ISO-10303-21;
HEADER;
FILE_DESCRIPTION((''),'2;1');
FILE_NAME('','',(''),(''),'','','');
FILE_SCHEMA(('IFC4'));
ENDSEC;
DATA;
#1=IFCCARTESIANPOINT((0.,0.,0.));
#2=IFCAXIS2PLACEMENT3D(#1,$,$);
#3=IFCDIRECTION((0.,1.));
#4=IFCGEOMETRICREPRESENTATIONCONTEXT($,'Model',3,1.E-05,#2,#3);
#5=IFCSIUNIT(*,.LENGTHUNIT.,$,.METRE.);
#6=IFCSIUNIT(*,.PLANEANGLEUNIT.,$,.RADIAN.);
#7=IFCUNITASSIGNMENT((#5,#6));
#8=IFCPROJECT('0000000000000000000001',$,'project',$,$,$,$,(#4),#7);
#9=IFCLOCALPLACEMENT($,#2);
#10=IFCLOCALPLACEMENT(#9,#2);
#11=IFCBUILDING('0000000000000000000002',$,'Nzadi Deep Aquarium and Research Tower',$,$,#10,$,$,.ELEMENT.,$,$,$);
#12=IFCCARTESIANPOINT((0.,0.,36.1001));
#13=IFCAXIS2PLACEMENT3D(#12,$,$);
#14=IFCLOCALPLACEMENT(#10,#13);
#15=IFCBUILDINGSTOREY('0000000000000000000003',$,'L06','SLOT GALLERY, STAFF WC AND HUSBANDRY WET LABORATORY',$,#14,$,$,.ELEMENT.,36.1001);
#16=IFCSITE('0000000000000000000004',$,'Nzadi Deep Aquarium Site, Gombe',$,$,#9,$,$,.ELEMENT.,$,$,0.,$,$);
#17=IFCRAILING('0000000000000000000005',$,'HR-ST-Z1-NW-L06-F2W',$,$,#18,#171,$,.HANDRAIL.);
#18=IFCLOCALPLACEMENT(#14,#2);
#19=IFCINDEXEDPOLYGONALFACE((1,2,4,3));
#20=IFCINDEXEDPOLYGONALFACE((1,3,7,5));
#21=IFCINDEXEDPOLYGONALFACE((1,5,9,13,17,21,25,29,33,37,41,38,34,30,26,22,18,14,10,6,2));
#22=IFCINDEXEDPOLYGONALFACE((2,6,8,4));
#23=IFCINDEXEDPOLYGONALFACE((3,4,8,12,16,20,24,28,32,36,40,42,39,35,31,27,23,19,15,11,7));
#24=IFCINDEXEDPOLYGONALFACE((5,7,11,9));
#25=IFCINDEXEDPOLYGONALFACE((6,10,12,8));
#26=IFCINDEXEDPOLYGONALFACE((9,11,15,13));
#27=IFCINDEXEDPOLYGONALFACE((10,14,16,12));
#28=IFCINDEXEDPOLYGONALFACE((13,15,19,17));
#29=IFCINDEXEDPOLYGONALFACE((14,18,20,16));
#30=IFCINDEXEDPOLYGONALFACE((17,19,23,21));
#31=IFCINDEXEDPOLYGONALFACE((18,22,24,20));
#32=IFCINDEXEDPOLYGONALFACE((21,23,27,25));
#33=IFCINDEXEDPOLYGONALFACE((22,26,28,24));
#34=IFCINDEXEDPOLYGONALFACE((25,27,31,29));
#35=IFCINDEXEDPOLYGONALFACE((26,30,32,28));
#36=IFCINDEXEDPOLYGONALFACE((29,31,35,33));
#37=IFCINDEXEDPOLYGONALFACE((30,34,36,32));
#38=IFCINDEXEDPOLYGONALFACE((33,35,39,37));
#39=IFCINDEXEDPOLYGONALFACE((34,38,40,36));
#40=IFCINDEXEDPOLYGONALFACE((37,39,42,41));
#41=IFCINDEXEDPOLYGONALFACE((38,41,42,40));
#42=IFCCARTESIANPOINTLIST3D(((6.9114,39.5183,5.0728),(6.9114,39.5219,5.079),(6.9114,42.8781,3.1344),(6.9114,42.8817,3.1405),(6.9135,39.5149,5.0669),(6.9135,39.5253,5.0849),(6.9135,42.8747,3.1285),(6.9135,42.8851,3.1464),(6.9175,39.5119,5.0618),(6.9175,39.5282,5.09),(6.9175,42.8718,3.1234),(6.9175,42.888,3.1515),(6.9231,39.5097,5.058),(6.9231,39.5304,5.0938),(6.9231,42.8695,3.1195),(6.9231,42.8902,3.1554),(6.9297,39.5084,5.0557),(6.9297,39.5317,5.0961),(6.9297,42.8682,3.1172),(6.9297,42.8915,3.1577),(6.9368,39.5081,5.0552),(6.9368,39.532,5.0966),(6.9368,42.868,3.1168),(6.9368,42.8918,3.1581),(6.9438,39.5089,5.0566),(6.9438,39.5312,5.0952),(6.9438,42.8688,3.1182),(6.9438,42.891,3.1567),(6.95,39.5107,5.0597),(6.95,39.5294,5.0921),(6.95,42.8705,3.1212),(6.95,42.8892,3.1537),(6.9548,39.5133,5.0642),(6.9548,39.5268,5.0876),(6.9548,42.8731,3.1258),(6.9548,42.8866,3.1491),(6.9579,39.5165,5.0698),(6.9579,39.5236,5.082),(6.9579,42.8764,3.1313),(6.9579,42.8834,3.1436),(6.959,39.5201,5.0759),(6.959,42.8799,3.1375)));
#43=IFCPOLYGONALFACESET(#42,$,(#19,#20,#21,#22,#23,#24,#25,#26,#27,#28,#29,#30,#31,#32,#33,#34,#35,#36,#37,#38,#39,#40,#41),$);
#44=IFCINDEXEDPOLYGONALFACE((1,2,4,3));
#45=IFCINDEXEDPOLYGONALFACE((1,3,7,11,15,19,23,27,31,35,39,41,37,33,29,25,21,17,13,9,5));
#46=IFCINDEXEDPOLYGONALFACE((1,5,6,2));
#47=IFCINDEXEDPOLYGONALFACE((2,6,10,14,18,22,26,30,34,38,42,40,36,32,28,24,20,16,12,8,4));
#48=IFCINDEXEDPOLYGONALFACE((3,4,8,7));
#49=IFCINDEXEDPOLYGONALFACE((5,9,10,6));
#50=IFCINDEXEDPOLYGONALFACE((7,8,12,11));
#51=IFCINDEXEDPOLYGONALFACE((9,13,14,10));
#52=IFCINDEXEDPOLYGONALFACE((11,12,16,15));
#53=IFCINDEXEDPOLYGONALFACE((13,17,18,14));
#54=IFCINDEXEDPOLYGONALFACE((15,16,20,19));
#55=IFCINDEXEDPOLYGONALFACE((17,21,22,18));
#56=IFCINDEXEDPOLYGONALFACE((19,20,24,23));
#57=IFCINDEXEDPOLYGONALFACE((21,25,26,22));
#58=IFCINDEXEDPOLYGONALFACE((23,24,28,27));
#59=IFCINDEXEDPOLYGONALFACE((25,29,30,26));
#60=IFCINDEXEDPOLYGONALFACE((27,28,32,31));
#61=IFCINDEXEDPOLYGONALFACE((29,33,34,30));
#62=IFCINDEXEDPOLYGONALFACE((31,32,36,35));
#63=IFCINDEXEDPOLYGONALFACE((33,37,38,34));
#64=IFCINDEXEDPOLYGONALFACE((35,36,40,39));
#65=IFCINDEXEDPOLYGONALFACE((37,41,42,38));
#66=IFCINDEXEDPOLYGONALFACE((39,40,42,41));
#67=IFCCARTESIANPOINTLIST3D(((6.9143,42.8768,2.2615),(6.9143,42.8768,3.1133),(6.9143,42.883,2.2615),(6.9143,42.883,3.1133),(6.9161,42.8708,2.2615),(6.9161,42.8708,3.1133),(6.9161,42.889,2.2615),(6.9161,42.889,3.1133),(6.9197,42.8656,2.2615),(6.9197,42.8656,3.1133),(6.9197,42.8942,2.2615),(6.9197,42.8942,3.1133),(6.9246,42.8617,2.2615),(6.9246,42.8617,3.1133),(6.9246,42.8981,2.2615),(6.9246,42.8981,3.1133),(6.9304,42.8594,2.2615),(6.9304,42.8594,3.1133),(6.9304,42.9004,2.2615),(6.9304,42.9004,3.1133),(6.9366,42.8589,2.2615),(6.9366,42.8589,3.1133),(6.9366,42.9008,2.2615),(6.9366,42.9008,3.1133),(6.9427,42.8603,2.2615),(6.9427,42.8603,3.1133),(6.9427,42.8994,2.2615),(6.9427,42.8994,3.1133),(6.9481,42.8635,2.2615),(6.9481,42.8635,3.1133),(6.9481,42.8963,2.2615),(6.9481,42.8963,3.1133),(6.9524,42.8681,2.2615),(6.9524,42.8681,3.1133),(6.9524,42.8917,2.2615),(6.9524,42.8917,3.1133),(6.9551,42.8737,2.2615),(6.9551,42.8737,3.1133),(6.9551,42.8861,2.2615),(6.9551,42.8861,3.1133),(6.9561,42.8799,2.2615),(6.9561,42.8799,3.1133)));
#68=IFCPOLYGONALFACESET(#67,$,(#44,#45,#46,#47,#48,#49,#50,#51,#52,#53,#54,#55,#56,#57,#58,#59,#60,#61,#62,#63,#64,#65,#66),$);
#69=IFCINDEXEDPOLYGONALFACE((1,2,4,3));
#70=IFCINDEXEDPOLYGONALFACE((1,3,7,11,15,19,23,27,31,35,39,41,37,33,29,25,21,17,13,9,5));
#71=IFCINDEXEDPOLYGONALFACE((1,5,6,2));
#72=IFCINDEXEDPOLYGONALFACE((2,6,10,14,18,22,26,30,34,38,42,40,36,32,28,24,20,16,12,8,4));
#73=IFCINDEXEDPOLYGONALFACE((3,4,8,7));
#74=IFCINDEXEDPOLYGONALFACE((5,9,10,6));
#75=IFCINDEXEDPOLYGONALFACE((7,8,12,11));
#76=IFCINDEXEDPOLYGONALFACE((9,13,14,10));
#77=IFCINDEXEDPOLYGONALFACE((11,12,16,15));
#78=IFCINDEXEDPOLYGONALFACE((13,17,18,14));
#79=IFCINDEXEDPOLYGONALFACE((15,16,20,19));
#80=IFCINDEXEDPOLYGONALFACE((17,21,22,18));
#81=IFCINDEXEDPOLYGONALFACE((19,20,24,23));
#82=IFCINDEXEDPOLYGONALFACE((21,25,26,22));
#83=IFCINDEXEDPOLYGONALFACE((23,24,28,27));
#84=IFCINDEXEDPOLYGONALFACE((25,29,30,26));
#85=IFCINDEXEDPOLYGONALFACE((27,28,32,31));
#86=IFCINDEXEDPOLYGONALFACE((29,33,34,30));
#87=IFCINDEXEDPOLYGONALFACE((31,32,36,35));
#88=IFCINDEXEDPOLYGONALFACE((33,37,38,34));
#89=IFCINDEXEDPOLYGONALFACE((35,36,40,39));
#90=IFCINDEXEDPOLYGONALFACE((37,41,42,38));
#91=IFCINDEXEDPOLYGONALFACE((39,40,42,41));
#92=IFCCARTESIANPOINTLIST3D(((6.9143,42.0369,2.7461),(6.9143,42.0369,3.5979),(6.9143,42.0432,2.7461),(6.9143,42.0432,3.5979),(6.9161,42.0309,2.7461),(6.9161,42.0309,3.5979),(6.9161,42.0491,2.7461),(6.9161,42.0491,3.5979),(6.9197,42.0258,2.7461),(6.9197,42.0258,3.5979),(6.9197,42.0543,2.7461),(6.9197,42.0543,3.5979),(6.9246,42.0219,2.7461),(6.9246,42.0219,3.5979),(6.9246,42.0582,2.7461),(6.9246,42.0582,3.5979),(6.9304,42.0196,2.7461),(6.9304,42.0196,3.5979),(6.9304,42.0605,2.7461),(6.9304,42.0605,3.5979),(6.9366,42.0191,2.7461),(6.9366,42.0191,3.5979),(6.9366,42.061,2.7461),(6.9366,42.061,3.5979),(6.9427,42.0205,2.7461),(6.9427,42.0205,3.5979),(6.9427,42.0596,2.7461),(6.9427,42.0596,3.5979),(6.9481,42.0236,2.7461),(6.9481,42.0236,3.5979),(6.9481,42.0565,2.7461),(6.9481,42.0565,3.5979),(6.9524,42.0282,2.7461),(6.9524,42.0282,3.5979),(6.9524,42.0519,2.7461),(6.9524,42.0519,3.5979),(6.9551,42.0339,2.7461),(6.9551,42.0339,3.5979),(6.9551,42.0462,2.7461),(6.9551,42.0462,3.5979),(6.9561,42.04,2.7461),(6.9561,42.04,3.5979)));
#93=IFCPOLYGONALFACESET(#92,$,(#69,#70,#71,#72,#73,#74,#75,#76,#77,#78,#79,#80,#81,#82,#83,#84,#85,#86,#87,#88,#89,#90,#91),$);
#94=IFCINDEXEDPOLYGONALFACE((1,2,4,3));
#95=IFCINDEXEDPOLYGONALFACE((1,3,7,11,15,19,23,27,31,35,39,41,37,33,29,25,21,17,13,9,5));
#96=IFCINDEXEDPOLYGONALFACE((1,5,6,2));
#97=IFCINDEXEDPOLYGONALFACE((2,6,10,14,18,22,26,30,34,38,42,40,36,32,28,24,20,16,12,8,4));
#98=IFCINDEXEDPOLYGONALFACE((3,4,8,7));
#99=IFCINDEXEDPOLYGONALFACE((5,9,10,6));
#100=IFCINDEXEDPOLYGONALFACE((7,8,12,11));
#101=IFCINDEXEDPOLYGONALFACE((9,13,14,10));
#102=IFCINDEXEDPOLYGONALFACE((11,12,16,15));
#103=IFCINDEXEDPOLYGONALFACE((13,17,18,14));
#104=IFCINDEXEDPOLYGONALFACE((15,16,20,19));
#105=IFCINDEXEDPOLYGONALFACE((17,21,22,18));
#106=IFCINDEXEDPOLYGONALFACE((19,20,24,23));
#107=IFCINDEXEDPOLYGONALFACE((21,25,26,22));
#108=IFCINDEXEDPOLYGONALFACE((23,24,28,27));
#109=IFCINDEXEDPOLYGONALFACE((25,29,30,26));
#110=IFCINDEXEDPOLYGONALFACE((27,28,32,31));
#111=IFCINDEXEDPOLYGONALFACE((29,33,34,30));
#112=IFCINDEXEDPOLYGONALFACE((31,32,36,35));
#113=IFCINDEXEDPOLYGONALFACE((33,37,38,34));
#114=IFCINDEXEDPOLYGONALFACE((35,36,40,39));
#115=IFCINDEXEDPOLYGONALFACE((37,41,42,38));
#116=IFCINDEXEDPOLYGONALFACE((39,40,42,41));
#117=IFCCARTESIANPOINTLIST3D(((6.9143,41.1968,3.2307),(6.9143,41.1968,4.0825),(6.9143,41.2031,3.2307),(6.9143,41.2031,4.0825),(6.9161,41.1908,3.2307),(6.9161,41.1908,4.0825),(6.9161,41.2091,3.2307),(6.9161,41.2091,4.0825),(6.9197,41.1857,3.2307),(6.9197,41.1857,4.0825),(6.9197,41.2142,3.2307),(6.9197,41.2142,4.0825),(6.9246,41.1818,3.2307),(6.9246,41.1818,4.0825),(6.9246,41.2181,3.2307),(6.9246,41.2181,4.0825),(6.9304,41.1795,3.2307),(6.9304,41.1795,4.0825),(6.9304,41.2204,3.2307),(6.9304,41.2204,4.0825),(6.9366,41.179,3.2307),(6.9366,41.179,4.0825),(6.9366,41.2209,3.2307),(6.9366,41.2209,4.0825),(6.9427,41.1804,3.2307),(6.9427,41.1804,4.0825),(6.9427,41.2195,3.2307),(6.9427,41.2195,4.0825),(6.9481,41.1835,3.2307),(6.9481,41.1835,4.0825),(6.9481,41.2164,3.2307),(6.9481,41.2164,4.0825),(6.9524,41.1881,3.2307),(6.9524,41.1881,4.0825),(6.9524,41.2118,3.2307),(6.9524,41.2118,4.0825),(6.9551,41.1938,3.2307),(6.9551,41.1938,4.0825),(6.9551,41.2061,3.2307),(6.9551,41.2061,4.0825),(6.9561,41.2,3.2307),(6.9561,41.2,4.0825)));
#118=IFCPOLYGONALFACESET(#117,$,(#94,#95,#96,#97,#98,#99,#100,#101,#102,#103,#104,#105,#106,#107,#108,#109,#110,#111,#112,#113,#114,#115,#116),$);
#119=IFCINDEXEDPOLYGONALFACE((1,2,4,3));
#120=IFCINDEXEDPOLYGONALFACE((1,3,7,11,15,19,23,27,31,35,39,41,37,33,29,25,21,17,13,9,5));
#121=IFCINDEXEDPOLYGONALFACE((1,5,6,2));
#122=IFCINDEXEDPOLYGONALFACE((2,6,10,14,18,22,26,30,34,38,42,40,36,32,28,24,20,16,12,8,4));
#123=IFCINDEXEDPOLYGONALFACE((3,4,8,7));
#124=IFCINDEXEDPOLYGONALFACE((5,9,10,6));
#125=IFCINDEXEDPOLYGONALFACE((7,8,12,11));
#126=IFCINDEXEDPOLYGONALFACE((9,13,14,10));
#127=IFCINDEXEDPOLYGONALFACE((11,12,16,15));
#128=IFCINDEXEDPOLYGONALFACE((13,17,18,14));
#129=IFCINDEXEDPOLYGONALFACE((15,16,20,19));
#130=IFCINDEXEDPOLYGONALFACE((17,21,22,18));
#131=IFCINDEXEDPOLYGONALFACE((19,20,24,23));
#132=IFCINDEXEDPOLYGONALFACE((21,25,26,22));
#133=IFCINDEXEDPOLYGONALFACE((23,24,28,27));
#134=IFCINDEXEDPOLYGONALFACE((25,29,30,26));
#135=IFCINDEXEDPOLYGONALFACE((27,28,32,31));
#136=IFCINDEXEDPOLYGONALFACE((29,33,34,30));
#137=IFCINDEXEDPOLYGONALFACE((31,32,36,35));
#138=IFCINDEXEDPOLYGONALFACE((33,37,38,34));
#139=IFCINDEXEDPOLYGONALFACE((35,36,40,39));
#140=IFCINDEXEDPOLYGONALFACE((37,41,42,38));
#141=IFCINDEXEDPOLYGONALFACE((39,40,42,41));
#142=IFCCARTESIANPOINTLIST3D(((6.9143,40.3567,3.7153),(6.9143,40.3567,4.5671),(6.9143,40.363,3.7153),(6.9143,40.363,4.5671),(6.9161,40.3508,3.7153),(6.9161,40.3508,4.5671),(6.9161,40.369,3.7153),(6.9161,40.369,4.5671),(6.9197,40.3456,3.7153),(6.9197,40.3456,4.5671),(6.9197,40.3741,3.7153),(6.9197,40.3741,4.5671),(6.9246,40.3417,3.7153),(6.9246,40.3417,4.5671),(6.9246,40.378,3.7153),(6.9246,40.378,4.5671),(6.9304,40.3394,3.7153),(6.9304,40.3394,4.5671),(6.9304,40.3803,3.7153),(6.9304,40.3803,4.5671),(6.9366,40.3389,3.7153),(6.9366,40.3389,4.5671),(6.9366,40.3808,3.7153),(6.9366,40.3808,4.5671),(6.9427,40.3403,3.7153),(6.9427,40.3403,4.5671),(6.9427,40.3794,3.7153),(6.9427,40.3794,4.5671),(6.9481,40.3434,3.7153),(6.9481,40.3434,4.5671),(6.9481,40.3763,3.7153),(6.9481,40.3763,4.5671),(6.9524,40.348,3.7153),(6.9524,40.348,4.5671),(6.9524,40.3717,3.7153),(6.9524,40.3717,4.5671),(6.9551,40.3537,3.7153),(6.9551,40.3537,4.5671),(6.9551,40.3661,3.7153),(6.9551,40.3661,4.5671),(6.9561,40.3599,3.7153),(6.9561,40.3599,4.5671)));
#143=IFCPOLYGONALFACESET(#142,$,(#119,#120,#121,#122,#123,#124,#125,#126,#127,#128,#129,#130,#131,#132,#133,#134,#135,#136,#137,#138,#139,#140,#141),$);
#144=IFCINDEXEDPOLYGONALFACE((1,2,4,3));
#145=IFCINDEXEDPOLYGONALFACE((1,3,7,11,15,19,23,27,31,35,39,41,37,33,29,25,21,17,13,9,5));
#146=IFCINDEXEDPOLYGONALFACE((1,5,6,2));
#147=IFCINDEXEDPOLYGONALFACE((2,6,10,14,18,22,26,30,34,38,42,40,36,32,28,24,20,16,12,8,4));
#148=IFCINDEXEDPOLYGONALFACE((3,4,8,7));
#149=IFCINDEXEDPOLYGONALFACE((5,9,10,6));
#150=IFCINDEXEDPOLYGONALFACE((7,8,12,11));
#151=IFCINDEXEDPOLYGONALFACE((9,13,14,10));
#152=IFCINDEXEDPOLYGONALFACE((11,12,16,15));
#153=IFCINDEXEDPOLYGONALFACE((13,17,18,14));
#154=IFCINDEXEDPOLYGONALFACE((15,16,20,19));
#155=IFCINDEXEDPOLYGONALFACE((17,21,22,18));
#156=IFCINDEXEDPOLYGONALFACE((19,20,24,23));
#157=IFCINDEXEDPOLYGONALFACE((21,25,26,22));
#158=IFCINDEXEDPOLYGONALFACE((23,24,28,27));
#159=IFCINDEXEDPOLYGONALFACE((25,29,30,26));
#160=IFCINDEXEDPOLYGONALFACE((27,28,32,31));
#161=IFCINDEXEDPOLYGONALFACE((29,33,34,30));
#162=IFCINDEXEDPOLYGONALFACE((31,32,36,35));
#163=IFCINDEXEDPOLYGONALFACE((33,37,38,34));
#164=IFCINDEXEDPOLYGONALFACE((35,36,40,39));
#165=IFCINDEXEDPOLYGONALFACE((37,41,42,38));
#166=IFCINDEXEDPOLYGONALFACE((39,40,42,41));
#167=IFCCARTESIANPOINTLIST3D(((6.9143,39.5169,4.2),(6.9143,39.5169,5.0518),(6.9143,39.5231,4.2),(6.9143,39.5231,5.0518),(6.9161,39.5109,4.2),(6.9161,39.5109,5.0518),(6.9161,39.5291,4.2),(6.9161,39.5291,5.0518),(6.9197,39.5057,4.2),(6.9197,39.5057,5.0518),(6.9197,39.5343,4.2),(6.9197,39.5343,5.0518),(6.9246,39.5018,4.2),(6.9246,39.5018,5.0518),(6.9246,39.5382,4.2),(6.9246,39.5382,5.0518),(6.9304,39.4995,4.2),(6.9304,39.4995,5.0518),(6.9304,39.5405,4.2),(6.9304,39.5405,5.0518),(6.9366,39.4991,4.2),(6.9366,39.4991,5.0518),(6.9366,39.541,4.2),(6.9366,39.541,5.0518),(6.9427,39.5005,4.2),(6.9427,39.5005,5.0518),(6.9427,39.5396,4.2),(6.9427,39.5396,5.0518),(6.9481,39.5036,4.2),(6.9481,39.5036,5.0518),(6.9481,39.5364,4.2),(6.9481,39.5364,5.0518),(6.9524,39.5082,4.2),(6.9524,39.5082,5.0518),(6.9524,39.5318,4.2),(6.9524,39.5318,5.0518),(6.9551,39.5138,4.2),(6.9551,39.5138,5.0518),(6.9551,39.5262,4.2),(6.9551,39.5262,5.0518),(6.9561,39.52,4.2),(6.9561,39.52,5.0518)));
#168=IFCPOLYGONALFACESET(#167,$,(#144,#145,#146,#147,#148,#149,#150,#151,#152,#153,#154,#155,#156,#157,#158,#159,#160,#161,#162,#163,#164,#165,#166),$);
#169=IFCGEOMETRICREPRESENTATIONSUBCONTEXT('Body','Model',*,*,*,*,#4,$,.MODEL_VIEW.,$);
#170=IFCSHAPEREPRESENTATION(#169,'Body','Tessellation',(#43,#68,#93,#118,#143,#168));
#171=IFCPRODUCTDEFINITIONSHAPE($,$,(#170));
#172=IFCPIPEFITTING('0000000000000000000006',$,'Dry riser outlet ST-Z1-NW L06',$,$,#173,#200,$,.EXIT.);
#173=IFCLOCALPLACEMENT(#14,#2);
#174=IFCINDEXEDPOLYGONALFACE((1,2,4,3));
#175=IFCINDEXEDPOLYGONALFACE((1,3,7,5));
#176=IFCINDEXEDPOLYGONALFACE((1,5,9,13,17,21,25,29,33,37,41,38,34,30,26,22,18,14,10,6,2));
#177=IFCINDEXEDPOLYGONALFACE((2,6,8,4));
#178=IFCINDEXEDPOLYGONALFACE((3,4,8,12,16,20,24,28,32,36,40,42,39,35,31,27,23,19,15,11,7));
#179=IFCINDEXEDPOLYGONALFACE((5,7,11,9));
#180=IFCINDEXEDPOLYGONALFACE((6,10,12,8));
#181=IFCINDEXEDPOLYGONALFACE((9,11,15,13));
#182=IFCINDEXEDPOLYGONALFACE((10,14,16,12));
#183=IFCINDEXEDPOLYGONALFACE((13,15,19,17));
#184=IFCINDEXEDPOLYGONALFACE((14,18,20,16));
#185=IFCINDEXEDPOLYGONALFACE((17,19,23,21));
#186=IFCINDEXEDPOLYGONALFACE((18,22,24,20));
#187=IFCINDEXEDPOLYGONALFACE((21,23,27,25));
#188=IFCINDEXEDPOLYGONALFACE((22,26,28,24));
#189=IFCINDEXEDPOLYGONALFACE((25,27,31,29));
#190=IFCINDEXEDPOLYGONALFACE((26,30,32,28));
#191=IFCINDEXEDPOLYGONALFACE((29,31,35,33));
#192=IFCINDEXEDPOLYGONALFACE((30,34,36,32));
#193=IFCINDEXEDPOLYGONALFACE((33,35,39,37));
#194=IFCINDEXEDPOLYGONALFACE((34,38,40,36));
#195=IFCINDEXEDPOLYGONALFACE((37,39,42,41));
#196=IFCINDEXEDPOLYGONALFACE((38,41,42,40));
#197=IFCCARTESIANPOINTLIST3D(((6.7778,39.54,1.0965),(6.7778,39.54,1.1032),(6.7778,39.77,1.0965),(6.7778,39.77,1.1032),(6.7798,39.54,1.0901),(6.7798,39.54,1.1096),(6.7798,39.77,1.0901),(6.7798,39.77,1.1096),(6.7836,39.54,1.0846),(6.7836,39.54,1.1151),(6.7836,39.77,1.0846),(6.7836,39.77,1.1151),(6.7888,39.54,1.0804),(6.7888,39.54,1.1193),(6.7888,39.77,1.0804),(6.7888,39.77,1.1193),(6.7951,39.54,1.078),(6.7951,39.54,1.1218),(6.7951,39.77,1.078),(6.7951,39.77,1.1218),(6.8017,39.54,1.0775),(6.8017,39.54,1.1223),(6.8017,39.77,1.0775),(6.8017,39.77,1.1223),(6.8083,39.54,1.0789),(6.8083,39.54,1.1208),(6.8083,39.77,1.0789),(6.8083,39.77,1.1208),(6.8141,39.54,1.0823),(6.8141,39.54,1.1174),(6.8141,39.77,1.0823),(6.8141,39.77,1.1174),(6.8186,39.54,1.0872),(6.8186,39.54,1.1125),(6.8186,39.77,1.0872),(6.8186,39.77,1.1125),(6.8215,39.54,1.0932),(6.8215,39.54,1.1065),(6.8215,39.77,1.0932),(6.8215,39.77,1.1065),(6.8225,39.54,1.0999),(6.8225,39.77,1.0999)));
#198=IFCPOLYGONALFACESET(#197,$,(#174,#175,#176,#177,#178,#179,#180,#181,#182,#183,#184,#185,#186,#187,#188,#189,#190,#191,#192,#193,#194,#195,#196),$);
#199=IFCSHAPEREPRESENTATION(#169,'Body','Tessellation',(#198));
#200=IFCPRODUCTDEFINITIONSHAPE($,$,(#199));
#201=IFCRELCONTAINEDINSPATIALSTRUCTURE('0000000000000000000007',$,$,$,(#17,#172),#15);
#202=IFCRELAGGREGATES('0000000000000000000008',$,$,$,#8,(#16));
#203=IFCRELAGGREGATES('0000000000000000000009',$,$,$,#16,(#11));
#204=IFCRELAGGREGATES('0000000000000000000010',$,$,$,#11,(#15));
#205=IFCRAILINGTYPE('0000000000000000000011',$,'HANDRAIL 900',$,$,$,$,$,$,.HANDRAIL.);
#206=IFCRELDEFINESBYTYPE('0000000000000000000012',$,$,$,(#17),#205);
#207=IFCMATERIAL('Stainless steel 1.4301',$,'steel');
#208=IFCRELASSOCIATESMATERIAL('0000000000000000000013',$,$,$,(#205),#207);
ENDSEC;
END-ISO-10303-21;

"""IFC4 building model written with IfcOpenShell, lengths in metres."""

from ifc_helpers import new_model, si_unit, direction, frame, origin, origin_2d, place, context, subcontext, project, spatial, circle, extrude, material, type_object, element, save


model = new_model("IFC4")

# Units and contexts
model_context = context("Model", 3, precision=1e-05, world=origin(), true_north=direction((0.0, 1.0)))
body_context = subcontext(model_context, "Body", "Model", "MODEL_VIEW")
ifc_project = project(units=[si_unit("LENGTHUNIT", "METRE"), si_unit("PLANEANGLEUNIT", "RADIAN")], contexts=[model_context])

# Site, building, storey
site_placement = place(None, origin())
site = spatial("IfcSite", under=ifc_project, at=site_placement, Name="Nzadi Deep Aquarium Site, Gombe", CompositionType="ELEMENT", RefElevation=0.0)
building_placement = place(site_placement, origin())
building = spatial("IfcBuilding", under=site, at=building_placement, Name="Nzadi Deep Aquarium and Research Tower", CompositionType="ELEMENT")
storey_placement = place(building_placement, frame((0.0, 0.0, 36.1001)))
storey = spatial("IfcBuildingStorey", under=building, at=storey_placement, Name="L06", Description="SLOT GALLERY, STAFF WC AND HUSBANDRY WET LABORATORY", CompositionType="ELEMENT", Elevation=36.1001)

# Railing
ifc_material_1 = material(Name="Stainless steel 1.4301", Category="steel")
railing_type = type_object("IfcRailingType", Name="HANDRAIL 900", PredefinedType="HANDRAIL", material=ifc_material_1)
for number, where, name in (
    (1, (6.9351, 42.8799, 2.2615), "HR-ST-Z1-NW-L06-F2W"),
):
    element("IfcRailing", number, at=place(storey_placement, frame(where)), inside=storey, type_object=railing_type, Name=name, PredefinedType="HANDRAIL", context=body_context, shape_type="SweptSolid", body=[
        extrude(circle(Radius=0.0239, at=origin_2d()), frame((0.0, 0.0, 0.876), z_axis=(0.0, -0.866175, 0.499741), x_axis=(1.0, 0.0, 0.0)), (0.0, 0.0, 1.0), 3.8789),
        extrude(circle(Radius=0.021, at=origin_2d()), origin(), (0.0, 0.0, 1.0), 0.8518),
        extrude(circle(Radius=0.021, at=origin_2d()), frame((0.0, -0.8398, 0.4846)), (0.0, 0.0, 1.0), 0.8518),
        extrude(circle(Radius=0.021, at=origin_2d()), frame((0.0, -1.6799, 0.9692)), (0.0, 0.0, 1.0), 0.8518),
        extrude(circle(Radius=0.021, at=origin_2d()), frame((0.0, -2.52, 1.4539)), (0.0, 0.0, 1.0), 0.8518),
        extrude(circle(Radius=0.021, at=origin_2d()), frame((0.0, -3.3599, 1.9385)), (0.0, 0.0, 1.0), 0.8518),
    ])

# Pipe fitting
pipe_fitting_placement = place(storey_placement, frame((6.8, 39.77, 1.0999), z_axis=(0.0, -1.0, 0.0), x_axis=(1.0, 0.0, 0.0)))
element("IfcPipeFitting", 2, at=pipe_fitting_placement, inside=storey, Name="Dry riser outlet ST-Z1-NW L06", PredefinedType="EXIT", context=body_context, shape_type="SweptSolid", body=[
    extrude(circle(Radius=0.0225, at=origin_2d()), origin(), (0.0, 0.0, 1.0), 0.23),
])

save(model, "model.ifc")
